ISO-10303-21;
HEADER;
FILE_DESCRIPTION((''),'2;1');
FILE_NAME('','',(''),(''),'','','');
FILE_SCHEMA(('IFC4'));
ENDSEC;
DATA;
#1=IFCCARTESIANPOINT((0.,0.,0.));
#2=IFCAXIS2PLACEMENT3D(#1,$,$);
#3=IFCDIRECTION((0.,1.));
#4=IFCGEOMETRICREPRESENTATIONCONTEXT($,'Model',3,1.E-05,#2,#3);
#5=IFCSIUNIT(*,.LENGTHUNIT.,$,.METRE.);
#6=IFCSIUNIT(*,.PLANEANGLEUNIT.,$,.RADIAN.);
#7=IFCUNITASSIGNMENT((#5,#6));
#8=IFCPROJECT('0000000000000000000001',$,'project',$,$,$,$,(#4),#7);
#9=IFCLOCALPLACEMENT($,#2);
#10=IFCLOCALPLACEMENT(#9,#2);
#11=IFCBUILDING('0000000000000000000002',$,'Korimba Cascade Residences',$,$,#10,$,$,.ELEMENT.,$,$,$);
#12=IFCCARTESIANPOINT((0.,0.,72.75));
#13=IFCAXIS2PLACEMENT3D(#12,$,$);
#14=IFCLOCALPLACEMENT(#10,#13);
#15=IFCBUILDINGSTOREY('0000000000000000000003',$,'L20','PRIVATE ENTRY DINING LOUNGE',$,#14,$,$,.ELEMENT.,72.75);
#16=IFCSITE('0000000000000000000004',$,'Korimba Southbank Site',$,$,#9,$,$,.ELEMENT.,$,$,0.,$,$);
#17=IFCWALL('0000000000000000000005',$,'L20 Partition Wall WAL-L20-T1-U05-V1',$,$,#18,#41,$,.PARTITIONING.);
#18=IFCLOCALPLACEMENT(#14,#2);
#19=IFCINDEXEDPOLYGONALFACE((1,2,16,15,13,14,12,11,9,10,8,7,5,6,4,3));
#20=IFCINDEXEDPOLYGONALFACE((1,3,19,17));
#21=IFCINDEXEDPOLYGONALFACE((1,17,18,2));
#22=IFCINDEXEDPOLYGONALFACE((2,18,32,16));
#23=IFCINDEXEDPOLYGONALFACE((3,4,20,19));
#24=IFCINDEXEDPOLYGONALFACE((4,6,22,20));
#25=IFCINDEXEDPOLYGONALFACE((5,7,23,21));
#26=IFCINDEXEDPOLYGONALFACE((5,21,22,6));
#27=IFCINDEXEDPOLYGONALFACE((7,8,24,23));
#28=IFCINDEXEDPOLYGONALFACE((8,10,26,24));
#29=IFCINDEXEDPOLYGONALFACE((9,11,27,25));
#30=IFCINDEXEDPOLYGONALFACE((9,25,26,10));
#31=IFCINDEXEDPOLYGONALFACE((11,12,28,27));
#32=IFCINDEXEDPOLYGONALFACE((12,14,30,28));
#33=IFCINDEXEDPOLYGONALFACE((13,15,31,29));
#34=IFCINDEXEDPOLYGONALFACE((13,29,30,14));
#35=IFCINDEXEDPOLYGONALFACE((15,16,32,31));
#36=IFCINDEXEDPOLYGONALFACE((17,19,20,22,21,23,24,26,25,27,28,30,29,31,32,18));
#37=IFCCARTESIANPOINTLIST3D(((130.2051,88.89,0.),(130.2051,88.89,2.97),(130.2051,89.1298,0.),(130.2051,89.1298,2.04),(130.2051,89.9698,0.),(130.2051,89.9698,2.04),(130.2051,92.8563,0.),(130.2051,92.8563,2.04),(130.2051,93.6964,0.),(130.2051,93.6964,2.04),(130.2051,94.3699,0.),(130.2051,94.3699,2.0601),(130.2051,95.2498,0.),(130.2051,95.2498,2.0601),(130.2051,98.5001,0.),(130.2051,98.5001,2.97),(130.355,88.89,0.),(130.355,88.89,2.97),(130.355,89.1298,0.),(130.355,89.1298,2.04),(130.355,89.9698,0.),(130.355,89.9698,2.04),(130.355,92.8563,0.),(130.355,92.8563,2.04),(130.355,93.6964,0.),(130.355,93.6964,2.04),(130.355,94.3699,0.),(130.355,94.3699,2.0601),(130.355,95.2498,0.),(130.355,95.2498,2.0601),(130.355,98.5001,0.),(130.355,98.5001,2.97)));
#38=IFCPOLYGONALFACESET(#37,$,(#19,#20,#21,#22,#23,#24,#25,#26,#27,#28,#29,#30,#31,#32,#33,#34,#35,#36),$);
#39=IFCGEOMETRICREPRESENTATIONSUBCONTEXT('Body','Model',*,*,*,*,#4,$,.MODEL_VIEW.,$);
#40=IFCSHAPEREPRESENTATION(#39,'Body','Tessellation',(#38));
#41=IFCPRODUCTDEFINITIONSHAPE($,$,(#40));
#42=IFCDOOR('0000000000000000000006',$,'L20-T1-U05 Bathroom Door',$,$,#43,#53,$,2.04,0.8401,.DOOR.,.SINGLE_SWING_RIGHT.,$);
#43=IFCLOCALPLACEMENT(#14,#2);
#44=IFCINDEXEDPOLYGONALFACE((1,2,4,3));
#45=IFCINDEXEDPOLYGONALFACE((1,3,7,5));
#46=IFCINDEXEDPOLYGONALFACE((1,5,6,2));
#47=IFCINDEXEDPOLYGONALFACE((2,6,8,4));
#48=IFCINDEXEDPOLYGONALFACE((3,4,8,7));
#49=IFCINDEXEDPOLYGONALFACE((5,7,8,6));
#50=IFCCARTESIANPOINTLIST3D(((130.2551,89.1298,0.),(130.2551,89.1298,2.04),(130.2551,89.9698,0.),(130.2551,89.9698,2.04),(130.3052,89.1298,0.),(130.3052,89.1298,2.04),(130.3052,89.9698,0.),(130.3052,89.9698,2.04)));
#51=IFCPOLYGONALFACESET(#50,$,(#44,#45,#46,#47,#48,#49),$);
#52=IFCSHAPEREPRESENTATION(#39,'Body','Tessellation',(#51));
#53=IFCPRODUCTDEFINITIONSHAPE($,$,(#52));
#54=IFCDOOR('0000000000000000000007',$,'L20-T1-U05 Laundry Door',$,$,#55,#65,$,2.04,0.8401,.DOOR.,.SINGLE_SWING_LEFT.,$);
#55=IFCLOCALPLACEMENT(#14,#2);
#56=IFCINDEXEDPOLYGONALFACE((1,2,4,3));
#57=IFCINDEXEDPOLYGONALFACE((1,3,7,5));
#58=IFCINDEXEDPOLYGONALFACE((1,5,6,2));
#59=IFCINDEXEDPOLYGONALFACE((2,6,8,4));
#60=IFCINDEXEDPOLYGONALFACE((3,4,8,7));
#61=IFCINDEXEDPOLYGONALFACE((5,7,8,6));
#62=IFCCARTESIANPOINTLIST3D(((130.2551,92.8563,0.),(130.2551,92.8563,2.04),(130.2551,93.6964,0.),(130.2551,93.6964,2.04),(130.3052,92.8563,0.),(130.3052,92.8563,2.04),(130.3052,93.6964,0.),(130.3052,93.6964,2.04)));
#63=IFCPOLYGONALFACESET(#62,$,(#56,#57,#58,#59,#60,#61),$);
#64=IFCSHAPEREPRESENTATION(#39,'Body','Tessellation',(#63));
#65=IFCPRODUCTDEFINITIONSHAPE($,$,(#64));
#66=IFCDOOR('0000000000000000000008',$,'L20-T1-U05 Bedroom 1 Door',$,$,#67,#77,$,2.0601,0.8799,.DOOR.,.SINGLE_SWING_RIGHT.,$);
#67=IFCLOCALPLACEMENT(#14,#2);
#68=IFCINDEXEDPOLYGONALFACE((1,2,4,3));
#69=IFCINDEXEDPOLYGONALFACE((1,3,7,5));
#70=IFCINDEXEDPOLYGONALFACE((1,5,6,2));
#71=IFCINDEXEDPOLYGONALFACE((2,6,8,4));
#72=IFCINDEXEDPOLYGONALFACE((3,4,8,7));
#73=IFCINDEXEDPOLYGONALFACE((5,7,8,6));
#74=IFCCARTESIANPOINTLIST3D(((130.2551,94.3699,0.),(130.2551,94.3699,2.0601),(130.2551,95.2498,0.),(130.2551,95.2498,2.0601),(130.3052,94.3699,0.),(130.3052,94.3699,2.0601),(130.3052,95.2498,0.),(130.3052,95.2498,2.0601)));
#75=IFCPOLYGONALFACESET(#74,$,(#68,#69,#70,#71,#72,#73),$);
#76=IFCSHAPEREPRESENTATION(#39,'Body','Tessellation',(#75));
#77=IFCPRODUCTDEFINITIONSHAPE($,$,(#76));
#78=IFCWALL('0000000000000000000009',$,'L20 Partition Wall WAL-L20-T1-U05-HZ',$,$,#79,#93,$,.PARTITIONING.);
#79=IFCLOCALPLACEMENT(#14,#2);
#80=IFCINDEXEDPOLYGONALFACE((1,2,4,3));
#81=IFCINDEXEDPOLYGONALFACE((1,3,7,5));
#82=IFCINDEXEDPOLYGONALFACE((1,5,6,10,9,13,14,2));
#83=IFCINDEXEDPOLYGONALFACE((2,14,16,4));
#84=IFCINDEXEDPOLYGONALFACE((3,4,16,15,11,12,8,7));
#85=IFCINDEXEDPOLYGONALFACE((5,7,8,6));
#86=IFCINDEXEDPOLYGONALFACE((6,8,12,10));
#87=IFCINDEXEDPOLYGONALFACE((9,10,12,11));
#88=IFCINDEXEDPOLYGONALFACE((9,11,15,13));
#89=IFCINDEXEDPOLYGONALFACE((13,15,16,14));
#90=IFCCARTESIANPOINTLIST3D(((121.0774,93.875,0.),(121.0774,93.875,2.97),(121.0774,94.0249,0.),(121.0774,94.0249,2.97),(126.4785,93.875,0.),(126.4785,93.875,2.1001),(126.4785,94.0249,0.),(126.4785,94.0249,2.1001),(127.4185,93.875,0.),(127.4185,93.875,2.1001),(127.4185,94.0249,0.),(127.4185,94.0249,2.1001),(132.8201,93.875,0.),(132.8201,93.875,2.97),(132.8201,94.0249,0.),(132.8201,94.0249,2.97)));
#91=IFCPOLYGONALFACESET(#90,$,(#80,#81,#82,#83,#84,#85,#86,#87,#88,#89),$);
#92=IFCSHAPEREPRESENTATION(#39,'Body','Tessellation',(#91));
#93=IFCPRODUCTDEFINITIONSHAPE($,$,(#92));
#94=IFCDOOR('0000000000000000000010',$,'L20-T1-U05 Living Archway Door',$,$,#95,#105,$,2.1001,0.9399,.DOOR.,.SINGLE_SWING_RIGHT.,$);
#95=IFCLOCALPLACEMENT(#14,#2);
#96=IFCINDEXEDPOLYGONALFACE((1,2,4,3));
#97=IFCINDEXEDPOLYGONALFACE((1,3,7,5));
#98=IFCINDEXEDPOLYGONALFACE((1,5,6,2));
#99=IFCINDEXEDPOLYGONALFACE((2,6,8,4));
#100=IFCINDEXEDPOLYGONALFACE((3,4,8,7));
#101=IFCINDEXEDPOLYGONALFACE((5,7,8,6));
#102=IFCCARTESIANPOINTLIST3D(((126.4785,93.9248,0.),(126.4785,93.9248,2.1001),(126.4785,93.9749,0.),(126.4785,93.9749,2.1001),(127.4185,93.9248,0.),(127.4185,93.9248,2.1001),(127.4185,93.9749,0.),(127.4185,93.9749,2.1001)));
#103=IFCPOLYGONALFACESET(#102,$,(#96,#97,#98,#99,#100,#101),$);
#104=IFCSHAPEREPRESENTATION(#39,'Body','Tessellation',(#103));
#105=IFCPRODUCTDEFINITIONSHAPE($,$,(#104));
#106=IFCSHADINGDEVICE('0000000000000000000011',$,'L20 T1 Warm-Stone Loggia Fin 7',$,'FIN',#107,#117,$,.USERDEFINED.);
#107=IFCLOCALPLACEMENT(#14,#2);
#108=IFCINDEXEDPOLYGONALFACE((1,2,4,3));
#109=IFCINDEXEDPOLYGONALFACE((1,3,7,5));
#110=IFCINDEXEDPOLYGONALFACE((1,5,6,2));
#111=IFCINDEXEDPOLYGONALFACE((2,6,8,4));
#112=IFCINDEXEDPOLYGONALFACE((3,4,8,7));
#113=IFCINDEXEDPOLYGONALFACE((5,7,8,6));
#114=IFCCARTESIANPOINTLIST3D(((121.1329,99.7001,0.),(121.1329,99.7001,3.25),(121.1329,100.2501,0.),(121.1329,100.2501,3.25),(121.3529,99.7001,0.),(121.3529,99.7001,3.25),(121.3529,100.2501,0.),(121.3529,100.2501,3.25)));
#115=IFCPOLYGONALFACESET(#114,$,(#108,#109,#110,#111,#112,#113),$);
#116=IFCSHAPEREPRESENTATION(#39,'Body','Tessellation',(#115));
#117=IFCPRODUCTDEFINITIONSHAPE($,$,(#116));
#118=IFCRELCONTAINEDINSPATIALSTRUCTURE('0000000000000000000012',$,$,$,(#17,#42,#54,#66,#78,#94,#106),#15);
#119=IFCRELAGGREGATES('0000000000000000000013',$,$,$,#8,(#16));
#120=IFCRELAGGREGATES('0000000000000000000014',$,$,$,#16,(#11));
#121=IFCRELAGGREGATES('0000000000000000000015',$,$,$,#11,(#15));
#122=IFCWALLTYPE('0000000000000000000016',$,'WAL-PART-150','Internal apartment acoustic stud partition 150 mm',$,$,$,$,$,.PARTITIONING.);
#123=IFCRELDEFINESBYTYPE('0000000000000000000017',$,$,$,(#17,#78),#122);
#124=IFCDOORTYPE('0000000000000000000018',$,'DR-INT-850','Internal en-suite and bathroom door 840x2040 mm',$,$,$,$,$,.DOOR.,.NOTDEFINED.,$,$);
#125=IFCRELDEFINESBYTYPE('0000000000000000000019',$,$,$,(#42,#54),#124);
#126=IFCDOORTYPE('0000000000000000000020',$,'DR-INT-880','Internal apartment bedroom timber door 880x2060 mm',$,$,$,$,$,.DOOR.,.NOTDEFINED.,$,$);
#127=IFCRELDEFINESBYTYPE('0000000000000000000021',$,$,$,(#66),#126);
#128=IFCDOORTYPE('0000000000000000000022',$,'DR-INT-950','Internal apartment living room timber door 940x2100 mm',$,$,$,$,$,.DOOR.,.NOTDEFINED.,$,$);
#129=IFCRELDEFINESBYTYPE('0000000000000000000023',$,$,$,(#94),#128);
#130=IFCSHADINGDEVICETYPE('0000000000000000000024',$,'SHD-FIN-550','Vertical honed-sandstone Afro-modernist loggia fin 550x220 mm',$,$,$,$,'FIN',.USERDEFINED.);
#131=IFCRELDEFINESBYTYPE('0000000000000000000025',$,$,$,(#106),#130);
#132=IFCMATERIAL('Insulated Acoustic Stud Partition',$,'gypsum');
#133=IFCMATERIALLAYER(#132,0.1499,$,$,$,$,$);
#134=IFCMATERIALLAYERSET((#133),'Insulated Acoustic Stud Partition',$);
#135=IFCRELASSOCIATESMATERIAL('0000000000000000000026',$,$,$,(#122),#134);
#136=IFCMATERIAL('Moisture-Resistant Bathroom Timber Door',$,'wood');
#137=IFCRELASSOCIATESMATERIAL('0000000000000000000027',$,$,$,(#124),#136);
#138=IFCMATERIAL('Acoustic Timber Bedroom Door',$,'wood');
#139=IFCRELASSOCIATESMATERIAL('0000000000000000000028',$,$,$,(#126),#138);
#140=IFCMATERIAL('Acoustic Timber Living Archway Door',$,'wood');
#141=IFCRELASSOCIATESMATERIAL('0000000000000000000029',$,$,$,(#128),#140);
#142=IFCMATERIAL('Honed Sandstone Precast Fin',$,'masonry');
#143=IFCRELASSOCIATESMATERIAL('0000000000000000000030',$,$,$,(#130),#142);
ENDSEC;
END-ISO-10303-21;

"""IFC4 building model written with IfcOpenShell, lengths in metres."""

from ifc_helpers import new_model, si_unit, direction, frame, frame_2d, origin, origin_2d, place, context, subcontext, project, spatial, rectangle, extrude, material, layer, layer_set, type_object, element, fill, save


model = new_model("IFC4")

# Units and contexts
model_context = context("Model", 3, precision=1e-05, world=origin(), true_north=direction((0.0, 1.0)))
body_context = subcontext(model_context, "Body", "Model", "MODEL_VIEW")
ifc_project = project(units=[si_unit("LENGTHUNIT", "METRE"), si_unit("PLANEANGLEUNIT", "RADIAN")], contexts=[model_context])

# Site, building, storey
site_placement = place(None, origin())
site = spatial("IfcSite", under=ifc_project, at=site_placement, Name="Korimba Southbank Site", CompositionType="ELEMENT", RefElevation=0.0)
building_placement = place(site_placement, origin())
building = spatial("IfcBuilding", under=site, at=building_placement, Name="Korimba Cascade Residences", CompositionType="ELEMENT")
storey_placement = place(building_placement, frame((0.0, 0.0, 72.75)))
storey = spatial("IfcBuildingStorey", under=building, at=storey_placement, Name="L20", Description="PRIVATE ENTRY DINING LOUNGE", CompositionType="ELEMENT", Elevation=72.75)

# Shared definitions
ifc_material_1 = material(Name="Insulated Acoustic Stud Partition", Category="gypsum")
ifc_layer = layer(ifc_material_1, 0.1499)
ifc_layer_set = layer_set([ifc_layer], Name="Insulated Acoustic Stud Partition")
wall_type = type_object("IfcWallType", Name="WAL-PART-150", Description="Internal apartment acoustic stud partition 150 mm", PredefinedType="PARTITIONING", material=ifc_layer_set)

# Wall, openings, doors
wall_1_placement = place(storey_placement, frame((130.28, 88.8899, 0.0), z_axis=(0.0, 0.0, 1.0), x_axis=(0.0, 1.0, 0.0)))
wall_1 = element("IfcWall", 1, at=wall_1_placement, inside=storey, type_object=wall_type, Name="L20 Partition Wall WAL-L20-T1-U05-V1", PredefinedType="PARTITIONING", context=body_context, shape_type="SweptSolid", body=[
    extrude(rectangle(XDim=9.6101, YDim=0.1499, at=frame_2d((4.8052, 0.0))), origin(), (0.0, 0.0, 1.0), 2.97),
])
opening_1_placement = place(wall_1_placement, frame((0.24, 0.0, 0.0)))
opening_1 = element("IfcOpeningElement", 2, at=opening_1_placement, cuts=wall_1, PredefinedType="OPENING", context=body_context, shape_type="SweptSolid", body=[
    extrude(rectangle(XDim=0.8401, YDim=2.04, at=frame_2d((0.4199, 1.02))), frame((0.0, 0.085, 0.0), z_axis=(0.0, -1.0, 0.0), x_axis=(1.0, 0.0, 0.0)), (0.0, 0.0, 1.0), 0.1699),
])
opening_2_placement = place(wall_1_placement, frame((3.9666, 0.0, 0.0)))
opening_2 = element("IfcOpeningElement", 3, at=opening_2_placement, cuts=wall_1, PredefinedType="OPENING", context=body_context, shape_type="SweptSolid", body=[
    extrude(rectangle(XDim=0.8401, YDim=2.04, at=frame_2d((0.4199, 1.02))), frame((0.0, 0.085, 0.0), z_axis=(0.0, -1.0, 0.0), x_axis=(1.0, 0.0, 0.0)), (0.0, 0.0, 1.0), 0.1699),
])
opening_3_placement = place(wall_1_placement, frame((5.48, 0.0, 0.0)))
opening_3 = element("IfcOpeningElement", 4, at=opening_3_placement, cuts=wall_1, PredefinedType="OPENING", context=body_context, shape_type="SweptSolid", body=[
    extrude(rectangle(XDim=0.8799, YDim=2.0601, at=frame_2d((0.4399, 1.03))), frame((0.0, 0.085, 0.0), z_axis=(0.0, -1.0, 0.0), x_axis=(1.0, 0.0, 0.0)), (0.0, 0.0, 1.0), 0.1699),
])
ifc_material_2 = material(Name="Moisture-Resistant Bathroom Timber Door", Category="wood")
door_type_1 = type_object("IfcDoorType", Name="DR-INT-850", Description="Internal en-suite and bathroom door 840x2040 mm", OperationType="NOTDEFINED", PredefinedType="DOOR", material=ifc_material_2)
door_1_placement = place(opening_1_placement, origin())
door_1 = element("IfcDoor", 5, at=door_1_placement, inside=storey, type_object=door_type_1, Name="L20-T1-U05 Bathroom Door", OperationType="SINGLE_SWING_RIGHT", OverallHeight=2.04, OverallWidth=0.8401, PredefinedType="DOOR", context=body_context, shape_type="SweptSolid", body=[
    extrude(rectangle(XDim=0.8401, YDim=2.04, at=frame_2d((0.4199, 1.02))), frame((0.0, 0.0249, 0.0), z_axis=(0.0, -1.0, 0.0), x_axis=(1.0, 0.0, 0.0)), (0.0, 0.0, 1.0), 0.05),
])
fill(opening_1, door_1)
door_2_placement = place(opening_2_placement, origin())
door_2 = element("IfcDoor", 6, at=door_2_placement, inside=storey, type_object=door_type_1, Name="L20-T1-U05 Laundry Door", OperationType="SINGLE_SWING_LEFT", OverallHeight=2.04, OverallWidth=0.8401, PredefinedType="DOOR", context=body_context, shape_type="SweptSolid", body=[
    extrude(rectangle(XDim=0.8401, YDim=2.04, at=frame_2d((0.4199, 1.02))), frame((0.0, 0.0249, 0.0), z_axis=(0.0, -1.0, 0.0), x_axis=(1.0, 0.0, 0.0)), (0.0, 0.0, 1.0), 0.05),
])
fill(opening_2, door_2)
ifc_material_3 = material(Name="Acoustic Timber Bedroom Door", Category="wood")
door_type_2 = type_object("IfcDoorType", Name="DR-INT-880", Description="Internal apartment bedroom timber door 880x2060 mm", OperationType="NOTDEFINED", PredefinedType="DOOR", material=ifc_material_3)
door_3_placement = place(opening_3_placement, origin())
door_3 = element("IfcDoor", 7, at=door_3_placement, inside=storey, type_object=door_type_2, Name="L20-T1-U05 Bedroom 1 Door", OperationType="SINGLE_SWING_RIGHT", OverallHeight=2.0601, OverallWidth=0.8799, PredefinedType="DOOR", context=body_context, shape_type="SweptSolid", body=[
    extrude(rectangle(XDim=0.8799, YDim=2.0601, at=frame_2d((0.4399, 1.03))), frame((0.0, 0.0249, 0.0), z_axis=(0.0, -1.0, 0.0), x_axis=(1.0, 0.0, 0.0)), (0.0, 0.0, 1.0), 0.05),
])
fill(opening_3, door_3)

# Wall, opening, door
wall_2_placement = place(storey_placement, frame((121.0774, 93.95, 0.0), z_axis=(0.0, 0.0, 1.0), x_axis=(1.0, 0.0, 0.0)))
wall_2 = element("IfcWall", 8, at=wall_2_placement, inside=storey, type_object=wall_type, Name="L20 Partition Wall WAL-L20-T1-U05-HZ", PredefinedType="PARTITIONING", context=body_context, shape_type="SweptSolid", body=[
    extrude(rectangle(XDim=11.7427, YDim=0.1499, at=frame_2d((5.8713, 0.0))), origin(), (0.0, 0.0, 1.0), 2.97),
])
opening_4_placement = place(wall_2_placement, frame((5.4011, 0.0, 0.0)))
opening_4 = element("IfcOpeningElement", 9, at=opening_4_placement, cuts=wall_2, PredefinedType="OPENING", context=body_context, shape_type="SweptSolid", body=[
    extrude(rectangle(XDim=0.9399, YDim=2.1001, at=frame_2d((0.47, 1.05))), frame((0.0, 0.085, 0.0), z_axis=(0.0, -1.0, 0.0), x_axis=(1.0, 0.0, 0.0)), (0.0, 0.0, 1.0), 0.1699),
])
ifc_material_4 = material(Name="Acoustic Timber Living Archway Door", Category="wood")
door_type_3 = type_object("IfcDoorType", Name="DR-INT-950", Description="Internal apartment living room timber door 940x2100 mm", OperationType="NOTDEFINED", PredefinedType="DOOR", material=ifc_material_4)
door_4_placement = place(opening_4_placement, origin())
door_4 = element("IfcDoor", 10, at=door_4_placement, inside=storey, type_object=door_type_3, Name="L20-T1-U05 Living Archway Door", OperationType="SINGLE_SWING_RIGHT", OverallHeight=2.1001, OverallWidth=0.9399, PredefinedType="DOOR", context=body_context, shape_type="SweptSolid", body=[
    extrude(rectangle(XDim=0.9399, YDim=2.1001, at=frame_2d((0.47, 1.05))), frame((0.0, 0.0249, 0.0), z_axis=(0.0, -1.0, 0.0), x_axis=(1.0, 0.0, 0.0)), (0.0, 0.0, 1.0), 0.05),
])
fill(opening_4, door_4)

# Shading device
ifc_material_5 = material(Name="Honed Sandstone Precast Fin", Category="masonry")
shading_device_type = type_object("IfcShadingDeviceType", Name="SHD-FIN-550", Description="Vertical honed-sandstone Afro-modernist loggia fin 550x220 mm", ElementType="FIN", PredefinedType="USERDEFINED", material=ifc_material_5)
shading_device_placement = place(storey_placement, frame((121.2429, 99.9751, 0.0), z_axis=(0.0, 0.0, 1.0), x_axis=(1.0, 0.0, 0.0)))
element("IfcShadingDevice", 11, at=shading_device_placement, inside=storey, type_object=shading_device_type, Name="L20 T1 Warm-Stone Loggia Fin 7", ObjectType="FIN", PredefinedType="USERDEFINED", context=body_context, shape_type="SweptSolid", body=[
    extrude(rectangle(XDim=0.22, YDim=0.55, at=origin_2d()), origin(), (0.0, 0.0, 1.0), 3.25),
])

save(model, "model.ifc")
